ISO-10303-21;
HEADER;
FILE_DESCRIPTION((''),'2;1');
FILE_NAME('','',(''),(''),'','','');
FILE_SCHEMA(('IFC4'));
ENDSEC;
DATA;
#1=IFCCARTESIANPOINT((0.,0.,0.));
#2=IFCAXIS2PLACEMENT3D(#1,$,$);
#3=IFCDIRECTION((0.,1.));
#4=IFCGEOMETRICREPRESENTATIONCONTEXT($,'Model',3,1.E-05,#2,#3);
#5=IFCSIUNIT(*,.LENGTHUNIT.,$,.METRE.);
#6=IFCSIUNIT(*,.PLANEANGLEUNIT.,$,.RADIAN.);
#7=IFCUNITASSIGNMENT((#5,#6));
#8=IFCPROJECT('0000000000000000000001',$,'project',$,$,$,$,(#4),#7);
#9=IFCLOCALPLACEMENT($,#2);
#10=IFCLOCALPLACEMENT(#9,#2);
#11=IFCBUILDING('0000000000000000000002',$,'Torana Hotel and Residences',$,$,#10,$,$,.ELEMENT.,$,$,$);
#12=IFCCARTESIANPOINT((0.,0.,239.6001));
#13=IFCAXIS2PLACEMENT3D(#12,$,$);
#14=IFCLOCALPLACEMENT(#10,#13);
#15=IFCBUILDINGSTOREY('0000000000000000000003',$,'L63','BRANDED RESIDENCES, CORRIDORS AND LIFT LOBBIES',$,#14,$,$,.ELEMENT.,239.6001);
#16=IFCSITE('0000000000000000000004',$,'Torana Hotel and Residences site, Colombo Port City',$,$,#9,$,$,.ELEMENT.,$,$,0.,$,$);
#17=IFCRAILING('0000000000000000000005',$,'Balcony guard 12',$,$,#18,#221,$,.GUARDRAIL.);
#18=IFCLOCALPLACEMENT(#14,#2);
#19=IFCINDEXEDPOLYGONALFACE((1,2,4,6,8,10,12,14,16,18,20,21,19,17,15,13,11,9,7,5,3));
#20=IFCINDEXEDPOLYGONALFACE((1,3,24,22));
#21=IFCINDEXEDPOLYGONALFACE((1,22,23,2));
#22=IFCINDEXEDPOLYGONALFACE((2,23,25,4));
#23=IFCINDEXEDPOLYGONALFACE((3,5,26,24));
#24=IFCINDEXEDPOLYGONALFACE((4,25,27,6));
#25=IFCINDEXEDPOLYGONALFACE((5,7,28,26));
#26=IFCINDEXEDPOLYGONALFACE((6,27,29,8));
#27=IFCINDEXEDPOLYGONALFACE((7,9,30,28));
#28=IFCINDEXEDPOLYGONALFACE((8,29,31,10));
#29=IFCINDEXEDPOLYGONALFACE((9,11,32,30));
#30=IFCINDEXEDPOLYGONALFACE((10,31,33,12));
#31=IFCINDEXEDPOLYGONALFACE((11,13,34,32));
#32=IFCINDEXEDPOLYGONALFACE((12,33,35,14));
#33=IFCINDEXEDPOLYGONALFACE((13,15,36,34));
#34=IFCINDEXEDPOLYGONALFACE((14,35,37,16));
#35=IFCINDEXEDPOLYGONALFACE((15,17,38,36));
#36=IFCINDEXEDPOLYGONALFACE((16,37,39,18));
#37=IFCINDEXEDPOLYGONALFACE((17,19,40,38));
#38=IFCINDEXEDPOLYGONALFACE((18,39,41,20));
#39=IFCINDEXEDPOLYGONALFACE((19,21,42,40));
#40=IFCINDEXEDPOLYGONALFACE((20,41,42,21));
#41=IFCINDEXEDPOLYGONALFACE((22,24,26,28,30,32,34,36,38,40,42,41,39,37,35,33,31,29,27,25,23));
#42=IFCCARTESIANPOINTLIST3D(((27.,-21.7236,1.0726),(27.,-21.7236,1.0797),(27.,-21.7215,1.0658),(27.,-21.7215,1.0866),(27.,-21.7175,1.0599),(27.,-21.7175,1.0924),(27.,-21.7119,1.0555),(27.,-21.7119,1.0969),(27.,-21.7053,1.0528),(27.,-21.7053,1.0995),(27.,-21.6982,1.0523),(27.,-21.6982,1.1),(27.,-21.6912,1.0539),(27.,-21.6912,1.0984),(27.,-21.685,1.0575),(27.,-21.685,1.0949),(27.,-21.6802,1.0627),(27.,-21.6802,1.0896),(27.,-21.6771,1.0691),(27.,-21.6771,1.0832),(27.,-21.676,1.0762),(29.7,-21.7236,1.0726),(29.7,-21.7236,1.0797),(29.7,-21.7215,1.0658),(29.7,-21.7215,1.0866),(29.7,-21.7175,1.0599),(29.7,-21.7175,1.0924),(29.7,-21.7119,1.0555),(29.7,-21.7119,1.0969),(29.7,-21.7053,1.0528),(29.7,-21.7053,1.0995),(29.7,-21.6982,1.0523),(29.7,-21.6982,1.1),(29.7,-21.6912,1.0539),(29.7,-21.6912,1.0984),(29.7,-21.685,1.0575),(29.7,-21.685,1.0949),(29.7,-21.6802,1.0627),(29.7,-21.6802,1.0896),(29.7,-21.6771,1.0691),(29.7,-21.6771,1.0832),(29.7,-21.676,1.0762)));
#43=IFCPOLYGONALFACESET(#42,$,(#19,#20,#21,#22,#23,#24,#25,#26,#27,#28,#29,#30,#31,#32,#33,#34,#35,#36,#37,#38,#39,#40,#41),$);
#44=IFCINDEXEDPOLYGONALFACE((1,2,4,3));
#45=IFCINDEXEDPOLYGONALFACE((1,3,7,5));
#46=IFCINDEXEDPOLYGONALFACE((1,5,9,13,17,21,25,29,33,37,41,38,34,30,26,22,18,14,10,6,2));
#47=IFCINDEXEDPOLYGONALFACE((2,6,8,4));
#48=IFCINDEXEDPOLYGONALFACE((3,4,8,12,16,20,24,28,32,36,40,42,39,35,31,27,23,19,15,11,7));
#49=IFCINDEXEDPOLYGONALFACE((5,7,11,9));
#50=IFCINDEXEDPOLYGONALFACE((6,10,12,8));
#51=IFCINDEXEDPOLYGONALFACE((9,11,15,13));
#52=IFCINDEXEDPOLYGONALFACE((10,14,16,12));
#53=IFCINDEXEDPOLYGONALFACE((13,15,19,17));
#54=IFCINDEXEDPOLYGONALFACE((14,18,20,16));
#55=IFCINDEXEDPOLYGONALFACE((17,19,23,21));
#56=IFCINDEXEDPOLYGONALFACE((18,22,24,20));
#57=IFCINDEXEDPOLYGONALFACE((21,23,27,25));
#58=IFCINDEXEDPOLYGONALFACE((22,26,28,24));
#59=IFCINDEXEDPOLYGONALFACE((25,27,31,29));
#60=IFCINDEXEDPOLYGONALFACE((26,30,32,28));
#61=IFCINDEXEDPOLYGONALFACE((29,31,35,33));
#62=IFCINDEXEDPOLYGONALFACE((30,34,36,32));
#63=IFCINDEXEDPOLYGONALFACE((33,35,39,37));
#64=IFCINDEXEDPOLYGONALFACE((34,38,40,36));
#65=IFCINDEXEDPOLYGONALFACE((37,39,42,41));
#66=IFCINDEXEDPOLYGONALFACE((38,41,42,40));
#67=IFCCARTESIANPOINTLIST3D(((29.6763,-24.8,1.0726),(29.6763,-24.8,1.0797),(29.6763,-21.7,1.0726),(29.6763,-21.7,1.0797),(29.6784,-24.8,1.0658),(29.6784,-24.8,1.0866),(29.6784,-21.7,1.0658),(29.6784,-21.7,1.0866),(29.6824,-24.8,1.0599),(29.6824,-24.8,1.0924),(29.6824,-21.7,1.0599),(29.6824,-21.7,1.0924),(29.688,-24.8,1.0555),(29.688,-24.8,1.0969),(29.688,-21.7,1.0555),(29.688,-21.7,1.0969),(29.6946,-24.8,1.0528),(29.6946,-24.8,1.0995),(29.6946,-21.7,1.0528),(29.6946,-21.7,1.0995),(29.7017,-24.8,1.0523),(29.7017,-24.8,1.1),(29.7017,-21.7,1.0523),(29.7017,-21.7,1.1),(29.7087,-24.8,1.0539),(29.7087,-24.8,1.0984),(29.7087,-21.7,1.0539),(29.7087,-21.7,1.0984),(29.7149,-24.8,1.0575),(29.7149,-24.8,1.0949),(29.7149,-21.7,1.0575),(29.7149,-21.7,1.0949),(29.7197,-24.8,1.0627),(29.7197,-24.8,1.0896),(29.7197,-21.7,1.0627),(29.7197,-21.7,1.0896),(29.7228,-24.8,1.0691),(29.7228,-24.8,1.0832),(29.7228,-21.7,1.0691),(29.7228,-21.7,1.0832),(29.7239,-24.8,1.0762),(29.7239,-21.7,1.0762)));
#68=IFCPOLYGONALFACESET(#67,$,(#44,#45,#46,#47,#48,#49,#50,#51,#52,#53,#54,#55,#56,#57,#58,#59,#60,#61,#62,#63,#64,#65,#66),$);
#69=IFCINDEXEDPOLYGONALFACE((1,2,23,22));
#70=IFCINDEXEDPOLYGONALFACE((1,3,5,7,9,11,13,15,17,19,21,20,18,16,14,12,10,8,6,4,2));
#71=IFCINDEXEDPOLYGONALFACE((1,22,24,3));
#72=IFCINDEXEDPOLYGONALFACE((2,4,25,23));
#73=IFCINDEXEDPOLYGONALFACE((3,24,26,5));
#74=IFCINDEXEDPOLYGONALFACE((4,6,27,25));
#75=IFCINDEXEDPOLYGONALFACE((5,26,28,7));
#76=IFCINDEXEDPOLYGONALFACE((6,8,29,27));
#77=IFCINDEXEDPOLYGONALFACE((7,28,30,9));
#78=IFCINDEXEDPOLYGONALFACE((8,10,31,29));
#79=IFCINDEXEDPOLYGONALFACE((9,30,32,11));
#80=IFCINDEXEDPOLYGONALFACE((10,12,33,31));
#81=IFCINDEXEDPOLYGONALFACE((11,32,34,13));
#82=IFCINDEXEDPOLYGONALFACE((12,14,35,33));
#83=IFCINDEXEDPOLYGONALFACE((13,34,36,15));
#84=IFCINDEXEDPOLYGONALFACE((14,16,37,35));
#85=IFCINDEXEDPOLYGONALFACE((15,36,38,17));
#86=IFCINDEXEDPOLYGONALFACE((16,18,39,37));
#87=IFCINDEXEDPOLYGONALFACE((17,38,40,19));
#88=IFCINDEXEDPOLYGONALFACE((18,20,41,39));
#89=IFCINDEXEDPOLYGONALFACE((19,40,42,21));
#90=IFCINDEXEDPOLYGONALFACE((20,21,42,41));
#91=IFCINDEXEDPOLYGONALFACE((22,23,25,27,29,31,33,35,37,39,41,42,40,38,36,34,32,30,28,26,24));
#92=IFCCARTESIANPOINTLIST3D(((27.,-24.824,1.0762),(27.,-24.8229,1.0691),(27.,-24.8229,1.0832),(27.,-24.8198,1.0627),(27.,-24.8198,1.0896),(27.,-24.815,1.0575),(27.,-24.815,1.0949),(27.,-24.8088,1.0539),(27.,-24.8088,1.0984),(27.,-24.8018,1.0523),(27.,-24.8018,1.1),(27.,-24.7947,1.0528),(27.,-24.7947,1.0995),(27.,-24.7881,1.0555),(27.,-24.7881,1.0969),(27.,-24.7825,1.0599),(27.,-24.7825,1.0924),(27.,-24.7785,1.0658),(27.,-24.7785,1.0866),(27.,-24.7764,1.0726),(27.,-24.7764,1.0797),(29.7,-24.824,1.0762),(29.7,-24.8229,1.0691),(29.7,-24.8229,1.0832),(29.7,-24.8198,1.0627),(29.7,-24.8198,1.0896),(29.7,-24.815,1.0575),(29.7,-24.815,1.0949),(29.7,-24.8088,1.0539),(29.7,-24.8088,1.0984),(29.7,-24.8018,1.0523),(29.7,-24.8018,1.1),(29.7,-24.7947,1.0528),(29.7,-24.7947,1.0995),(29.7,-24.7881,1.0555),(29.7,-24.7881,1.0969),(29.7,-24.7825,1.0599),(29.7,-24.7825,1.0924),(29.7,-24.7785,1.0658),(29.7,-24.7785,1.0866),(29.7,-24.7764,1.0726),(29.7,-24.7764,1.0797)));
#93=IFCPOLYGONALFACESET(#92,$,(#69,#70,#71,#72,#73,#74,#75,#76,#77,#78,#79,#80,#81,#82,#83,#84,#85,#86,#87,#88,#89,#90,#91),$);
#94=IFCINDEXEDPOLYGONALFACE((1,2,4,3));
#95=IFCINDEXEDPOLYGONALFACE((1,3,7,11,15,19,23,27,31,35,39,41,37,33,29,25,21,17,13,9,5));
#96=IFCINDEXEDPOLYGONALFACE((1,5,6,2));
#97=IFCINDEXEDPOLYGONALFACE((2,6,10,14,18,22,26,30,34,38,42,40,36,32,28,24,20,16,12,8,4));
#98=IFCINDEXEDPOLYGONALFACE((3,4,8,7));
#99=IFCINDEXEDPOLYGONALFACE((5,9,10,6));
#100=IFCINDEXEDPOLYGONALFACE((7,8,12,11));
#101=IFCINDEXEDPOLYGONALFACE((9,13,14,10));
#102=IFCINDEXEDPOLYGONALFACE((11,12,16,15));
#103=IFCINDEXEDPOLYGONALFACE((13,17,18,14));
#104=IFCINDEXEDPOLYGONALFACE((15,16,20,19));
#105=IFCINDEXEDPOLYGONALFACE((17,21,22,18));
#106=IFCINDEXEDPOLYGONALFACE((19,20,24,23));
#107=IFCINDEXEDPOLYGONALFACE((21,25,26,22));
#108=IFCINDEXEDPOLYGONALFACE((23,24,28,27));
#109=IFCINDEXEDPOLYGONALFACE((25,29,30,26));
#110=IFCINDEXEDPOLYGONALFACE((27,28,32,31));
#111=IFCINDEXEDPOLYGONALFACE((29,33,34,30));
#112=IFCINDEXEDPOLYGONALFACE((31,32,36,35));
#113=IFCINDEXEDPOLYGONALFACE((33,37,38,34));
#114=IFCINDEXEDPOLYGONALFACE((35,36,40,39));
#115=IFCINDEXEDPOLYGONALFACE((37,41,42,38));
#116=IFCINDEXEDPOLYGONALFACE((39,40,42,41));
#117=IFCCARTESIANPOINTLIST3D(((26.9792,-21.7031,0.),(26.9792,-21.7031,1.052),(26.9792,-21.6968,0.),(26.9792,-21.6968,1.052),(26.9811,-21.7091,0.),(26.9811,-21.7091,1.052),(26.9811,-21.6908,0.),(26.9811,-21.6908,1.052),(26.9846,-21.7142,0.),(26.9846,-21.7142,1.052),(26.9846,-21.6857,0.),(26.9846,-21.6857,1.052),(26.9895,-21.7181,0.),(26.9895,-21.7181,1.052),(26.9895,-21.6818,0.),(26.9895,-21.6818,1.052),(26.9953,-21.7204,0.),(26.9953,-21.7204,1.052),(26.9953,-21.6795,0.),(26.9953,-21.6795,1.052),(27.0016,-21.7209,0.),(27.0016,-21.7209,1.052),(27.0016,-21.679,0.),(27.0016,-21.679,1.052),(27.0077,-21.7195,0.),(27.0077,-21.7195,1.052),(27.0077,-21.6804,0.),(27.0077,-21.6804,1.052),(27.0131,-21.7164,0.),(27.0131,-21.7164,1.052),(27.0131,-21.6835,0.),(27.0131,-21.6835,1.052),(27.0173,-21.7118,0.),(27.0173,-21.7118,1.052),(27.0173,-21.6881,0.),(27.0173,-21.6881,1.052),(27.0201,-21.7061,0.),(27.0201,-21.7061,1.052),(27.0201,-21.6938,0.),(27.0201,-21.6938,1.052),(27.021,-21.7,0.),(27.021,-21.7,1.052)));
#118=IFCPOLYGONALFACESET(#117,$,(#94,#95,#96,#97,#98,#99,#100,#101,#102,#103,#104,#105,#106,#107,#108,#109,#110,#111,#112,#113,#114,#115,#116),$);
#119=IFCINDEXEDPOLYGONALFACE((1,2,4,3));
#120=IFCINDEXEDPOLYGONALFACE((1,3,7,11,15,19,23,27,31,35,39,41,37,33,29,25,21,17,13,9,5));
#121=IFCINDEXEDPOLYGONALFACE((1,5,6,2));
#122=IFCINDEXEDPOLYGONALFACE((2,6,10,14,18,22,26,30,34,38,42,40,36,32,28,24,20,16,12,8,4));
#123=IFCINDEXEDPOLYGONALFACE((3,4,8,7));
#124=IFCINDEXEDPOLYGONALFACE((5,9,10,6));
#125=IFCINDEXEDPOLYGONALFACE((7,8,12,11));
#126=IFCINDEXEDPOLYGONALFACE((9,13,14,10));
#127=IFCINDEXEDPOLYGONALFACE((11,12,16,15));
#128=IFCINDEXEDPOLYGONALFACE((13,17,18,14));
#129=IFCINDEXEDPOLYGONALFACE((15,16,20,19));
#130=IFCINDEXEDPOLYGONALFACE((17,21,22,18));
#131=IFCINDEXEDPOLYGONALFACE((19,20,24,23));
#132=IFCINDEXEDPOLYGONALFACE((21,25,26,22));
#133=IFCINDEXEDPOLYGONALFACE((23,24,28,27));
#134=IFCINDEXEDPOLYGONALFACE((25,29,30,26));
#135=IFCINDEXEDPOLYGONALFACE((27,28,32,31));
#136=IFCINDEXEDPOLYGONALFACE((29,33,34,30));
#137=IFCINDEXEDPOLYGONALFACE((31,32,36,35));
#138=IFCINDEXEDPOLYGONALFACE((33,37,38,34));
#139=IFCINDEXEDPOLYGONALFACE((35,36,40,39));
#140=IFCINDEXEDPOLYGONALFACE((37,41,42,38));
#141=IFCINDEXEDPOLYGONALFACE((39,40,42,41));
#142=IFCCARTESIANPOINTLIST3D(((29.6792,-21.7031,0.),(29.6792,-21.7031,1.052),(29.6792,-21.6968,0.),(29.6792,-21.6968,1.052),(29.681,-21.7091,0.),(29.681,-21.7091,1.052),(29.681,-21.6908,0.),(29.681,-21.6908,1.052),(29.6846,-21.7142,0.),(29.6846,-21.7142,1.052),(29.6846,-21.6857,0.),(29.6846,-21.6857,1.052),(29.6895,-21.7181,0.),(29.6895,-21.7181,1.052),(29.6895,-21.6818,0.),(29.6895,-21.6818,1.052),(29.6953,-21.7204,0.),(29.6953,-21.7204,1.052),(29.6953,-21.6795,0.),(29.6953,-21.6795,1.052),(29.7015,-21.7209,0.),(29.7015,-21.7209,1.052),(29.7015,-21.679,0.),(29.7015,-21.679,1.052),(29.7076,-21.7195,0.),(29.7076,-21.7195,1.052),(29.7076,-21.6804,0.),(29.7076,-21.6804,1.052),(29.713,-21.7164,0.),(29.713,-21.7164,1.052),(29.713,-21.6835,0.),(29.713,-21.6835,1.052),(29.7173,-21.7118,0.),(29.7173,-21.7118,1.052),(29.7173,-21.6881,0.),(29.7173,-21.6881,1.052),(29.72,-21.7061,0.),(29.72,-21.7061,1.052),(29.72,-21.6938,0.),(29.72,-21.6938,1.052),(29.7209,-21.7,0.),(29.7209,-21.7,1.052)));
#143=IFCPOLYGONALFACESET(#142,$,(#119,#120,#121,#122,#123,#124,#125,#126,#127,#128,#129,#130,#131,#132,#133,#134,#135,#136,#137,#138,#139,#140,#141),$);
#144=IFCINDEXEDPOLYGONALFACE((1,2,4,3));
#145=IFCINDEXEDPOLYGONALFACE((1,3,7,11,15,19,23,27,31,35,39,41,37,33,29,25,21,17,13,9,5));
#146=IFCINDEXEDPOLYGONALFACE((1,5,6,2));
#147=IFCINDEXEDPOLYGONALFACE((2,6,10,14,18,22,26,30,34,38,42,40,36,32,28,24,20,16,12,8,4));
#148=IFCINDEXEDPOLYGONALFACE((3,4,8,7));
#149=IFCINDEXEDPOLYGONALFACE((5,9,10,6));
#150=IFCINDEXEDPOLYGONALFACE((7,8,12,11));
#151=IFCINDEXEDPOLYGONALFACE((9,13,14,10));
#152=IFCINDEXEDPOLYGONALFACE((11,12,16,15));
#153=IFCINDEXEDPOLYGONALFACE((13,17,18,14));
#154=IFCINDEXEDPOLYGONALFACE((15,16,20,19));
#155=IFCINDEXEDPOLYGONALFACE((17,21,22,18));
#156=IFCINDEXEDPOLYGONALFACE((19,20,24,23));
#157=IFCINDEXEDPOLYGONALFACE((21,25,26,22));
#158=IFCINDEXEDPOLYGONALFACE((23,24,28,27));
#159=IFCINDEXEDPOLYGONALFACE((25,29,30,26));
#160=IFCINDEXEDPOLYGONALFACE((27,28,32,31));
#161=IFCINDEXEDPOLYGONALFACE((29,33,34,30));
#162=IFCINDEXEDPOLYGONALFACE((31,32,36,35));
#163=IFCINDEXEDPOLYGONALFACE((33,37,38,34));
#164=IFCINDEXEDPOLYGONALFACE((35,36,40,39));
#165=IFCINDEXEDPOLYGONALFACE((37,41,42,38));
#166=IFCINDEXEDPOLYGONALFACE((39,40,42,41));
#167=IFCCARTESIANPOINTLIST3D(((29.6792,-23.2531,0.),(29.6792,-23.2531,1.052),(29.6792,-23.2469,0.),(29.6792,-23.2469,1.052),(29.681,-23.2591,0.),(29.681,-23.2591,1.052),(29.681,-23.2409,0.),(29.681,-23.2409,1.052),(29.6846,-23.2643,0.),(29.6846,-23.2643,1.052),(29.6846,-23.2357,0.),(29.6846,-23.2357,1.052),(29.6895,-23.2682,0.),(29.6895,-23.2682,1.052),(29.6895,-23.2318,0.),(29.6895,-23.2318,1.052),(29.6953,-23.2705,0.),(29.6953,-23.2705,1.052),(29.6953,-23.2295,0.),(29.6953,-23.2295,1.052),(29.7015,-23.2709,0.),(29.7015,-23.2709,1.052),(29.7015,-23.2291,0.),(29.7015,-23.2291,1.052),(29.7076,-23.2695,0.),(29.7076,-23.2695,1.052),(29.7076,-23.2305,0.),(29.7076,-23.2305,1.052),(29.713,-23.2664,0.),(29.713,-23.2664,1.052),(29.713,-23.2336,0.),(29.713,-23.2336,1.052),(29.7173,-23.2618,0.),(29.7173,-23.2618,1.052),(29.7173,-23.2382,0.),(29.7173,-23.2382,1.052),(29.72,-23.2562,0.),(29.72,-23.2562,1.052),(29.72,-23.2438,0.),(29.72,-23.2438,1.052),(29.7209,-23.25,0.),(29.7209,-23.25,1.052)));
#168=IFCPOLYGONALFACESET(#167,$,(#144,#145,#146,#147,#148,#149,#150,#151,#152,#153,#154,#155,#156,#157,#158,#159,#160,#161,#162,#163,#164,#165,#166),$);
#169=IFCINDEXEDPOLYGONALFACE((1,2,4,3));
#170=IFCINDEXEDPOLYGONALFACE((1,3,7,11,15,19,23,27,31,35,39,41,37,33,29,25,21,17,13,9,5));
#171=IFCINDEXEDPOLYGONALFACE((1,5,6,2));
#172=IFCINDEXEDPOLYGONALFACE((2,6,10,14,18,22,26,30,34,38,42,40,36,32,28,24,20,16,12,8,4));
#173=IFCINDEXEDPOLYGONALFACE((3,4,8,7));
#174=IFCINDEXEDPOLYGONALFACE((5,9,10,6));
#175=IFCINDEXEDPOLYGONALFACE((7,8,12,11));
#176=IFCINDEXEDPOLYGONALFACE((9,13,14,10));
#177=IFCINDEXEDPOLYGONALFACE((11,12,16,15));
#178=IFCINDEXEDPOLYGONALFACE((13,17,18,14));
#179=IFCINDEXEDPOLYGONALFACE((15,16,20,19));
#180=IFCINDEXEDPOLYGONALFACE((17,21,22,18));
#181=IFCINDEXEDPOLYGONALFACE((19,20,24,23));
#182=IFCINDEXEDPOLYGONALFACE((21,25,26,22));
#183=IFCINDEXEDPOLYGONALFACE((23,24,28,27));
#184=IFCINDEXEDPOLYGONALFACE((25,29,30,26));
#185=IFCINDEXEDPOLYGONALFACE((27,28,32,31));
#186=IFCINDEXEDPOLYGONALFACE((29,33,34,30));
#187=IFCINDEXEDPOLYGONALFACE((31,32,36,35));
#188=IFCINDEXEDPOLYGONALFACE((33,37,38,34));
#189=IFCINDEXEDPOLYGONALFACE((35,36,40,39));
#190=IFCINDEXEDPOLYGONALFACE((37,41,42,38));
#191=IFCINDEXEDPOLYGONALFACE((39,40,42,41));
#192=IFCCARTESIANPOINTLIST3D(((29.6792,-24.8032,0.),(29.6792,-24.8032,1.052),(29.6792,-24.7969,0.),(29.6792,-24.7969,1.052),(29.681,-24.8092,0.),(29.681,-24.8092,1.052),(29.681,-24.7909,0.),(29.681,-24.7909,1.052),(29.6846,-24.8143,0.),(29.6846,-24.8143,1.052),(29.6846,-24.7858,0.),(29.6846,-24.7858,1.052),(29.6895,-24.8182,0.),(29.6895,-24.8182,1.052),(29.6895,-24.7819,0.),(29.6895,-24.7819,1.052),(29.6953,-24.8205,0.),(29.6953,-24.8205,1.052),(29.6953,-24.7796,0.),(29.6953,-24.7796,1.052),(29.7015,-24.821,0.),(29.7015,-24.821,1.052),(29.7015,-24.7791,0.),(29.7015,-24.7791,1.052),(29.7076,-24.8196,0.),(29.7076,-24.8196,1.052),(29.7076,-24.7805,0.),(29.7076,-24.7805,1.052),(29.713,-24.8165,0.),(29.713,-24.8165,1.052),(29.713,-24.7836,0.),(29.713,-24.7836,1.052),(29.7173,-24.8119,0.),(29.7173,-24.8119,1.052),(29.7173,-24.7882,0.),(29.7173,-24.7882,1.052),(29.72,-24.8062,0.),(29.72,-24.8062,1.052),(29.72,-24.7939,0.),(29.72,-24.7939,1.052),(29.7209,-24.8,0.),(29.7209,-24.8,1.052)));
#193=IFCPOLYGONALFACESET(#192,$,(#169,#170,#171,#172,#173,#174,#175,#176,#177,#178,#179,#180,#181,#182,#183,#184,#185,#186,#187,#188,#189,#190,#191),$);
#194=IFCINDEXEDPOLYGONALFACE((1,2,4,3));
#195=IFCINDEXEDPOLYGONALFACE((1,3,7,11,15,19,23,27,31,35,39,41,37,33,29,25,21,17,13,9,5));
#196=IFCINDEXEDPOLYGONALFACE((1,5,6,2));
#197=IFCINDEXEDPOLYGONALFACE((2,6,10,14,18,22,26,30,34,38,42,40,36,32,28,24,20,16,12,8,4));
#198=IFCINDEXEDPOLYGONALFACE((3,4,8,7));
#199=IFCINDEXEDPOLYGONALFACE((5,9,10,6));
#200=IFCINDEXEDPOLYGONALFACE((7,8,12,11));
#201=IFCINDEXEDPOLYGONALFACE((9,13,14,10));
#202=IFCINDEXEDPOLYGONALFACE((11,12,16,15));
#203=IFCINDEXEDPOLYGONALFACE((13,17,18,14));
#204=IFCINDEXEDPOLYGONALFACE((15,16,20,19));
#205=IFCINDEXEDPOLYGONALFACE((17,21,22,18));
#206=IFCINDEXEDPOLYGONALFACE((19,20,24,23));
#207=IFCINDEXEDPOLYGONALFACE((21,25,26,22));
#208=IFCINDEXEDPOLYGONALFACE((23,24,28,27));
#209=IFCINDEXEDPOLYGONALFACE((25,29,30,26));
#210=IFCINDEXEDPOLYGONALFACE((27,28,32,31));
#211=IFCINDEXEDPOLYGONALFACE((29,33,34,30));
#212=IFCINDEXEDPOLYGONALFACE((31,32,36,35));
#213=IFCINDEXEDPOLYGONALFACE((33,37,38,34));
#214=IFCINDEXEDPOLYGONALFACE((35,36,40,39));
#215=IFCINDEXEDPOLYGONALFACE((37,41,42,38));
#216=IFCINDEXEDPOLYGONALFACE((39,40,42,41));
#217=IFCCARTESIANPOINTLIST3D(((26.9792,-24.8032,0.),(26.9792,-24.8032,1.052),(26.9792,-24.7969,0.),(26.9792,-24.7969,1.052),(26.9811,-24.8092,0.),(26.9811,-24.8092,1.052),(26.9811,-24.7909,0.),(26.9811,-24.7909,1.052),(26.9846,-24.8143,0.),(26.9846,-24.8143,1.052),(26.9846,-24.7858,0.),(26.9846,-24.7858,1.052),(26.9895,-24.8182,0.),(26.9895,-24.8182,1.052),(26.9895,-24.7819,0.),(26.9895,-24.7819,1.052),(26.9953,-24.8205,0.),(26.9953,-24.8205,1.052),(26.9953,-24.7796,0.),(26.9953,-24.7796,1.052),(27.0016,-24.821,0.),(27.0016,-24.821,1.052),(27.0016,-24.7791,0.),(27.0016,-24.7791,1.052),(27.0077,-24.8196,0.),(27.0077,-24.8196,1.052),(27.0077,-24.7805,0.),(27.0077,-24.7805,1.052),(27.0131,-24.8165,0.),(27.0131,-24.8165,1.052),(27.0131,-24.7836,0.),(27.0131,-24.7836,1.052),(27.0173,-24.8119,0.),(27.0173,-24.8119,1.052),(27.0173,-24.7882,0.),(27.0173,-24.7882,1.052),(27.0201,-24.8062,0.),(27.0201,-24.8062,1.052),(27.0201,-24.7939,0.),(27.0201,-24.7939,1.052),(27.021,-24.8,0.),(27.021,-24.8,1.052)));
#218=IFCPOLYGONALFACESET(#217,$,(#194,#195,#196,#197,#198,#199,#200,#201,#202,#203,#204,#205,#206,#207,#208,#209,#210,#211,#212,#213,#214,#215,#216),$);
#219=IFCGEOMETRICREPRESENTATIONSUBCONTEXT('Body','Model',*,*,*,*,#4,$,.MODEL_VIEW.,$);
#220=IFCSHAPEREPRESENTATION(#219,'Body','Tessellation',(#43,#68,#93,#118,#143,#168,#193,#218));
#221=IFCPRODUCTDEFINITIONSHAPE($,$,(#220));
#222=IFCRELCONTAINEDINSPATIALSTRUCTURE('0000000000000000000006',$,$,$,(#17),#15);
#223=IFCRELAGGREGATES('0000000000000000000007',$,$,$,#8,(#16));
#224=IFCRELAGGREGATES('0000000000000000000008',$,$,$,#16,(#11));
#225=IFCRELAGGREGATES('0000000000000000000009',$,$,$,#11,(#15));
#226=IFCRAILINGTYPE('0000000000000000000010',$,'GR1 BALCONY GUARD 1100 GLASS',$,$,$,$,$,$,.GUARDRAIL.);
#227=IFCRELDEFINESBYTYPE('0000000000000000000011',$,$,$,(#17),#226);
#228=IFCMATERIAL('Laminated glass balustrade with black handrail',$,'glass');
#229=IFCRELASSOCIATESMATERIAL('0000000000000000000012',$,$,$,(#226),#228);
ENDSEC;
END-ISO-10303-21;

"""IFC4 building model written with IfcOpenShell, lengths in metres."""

from ifc_helpers import new_model, si_unit, direction, frame, origin, origin_2d, place, context, subcontext, project, spatial, circle, extrude, material, type_object, element, save


model = new_model("IFC4")

# Units and contexts
model_context = context("Model", 3, precision=1e-05, world=origin(), true_north=direction((0.0, 1.0)))
body_context = subcontext(model_context, "Body", "Model", "MODEL_VIEW")
ifc_project = project(units=[si_unit("LENGTHUNIT", "METRE"), si_unit("PLANEANGLEUNIT", "RADIAN")], contexts=[model_context])

# Site, building, storey
site_placement = place(None, origin())
site = spatial("IfcSite", under=ifc_project, at=site_placement, Name="Torana Hotel and Residences site, Colombo Port City", CompositionType="ELEMENT", RefElevation=0.0)
building_placement = place(site_placement, origin())
building = spatial("IfcBuilding", under=site, at=building_placement, Name="Torana Hotel and Residences", CompositionType="ELEMENT")
storey_placement = place(building_placement, frame((0.0, 0.0, 239.6001)))
storey = spatial("IfcBuildingStorey", under=building, at=storey_placement, Name="L63", Description="BRANDED RESIDENCES, CORRIDORS AND LIFT LOBBIES", CompositionType="ELEMENT", Elevation=239.6001)

# Railing
ifc_material_1 = material(Name="Laminated glass balustrade with black handrail", Category="glass")
railing_type = type_object("IfcRailingType", Name="GR1 BALCONY GUARD 1100 GLASS", PredefinedType="GUARDRAIL", material=ifc_material_1)
railing_1_placement = place(storey_placement, frame((27.0, -21.7, 0.0)))
element("IfcRailing", 1, at=railing_1_placement, inside=storey, type_object=railing_type, Name="Balcony guard 12", PredefinedType="GUARDRAIL", context=body_context, shape_type="SweptSolid", body=[
    extrude(circle(Radius=0.0239, at=origin_2d()), frame((0.0, 0.0, 1.0762), z_axis=(1.0, 0.0, 0.0), x_axis=(0.0, 1.0, 0.0)), (0.0, 0.0, 1.0), 2.7),
    extrude(circle(Radius=0.0239, at=origin_2d()), frame((2.7, 0.0, 1.0762), z_axis=(0.0, -1.0, 0.0), x_axis=(1.0, 0.0, 0.0)), (0.0, 0.0, 1.0), 3.1001),
    extrude(circle(Radius=0.0239, at=origin_2d()), frame((2.7, -3.1001, 1.0762), z_axis=(-1.0, 0.0, 0.0), x_axis=(0.0, -1.0, 0.0)), (0.0, 0.0, 1.0), 2.7),
    extrude(circle(Radius=0.021, at=origin_2d()), origin(), (0.0, 0.0, 1.0), 1.052),
    extrude(circle(Radius=0.021, at=origin_2d()), frame((2.7, 0.0, 0.0)), (0.0, 0.0, 1.0), 1.052),
    extrude(circle(Radius=0.021, at=origin_2d()), frame((2.7, -1.55, 0.0)), (0.0, 0.0, 1.0), 1.052),
    extrude(circle(Radius=0.021, at=origin_2d()), frame((2.7, -3.1001, 0.0)), (0.0, 0.0, 1.0), 1.052),
    extrude(circle(Radius=0.021, at=origin_2d()), frame((0.0, -3.1001, 0.0)), (0.0, 0.0, 1.0), 1.052),
])

save(model, "model.ifc")
